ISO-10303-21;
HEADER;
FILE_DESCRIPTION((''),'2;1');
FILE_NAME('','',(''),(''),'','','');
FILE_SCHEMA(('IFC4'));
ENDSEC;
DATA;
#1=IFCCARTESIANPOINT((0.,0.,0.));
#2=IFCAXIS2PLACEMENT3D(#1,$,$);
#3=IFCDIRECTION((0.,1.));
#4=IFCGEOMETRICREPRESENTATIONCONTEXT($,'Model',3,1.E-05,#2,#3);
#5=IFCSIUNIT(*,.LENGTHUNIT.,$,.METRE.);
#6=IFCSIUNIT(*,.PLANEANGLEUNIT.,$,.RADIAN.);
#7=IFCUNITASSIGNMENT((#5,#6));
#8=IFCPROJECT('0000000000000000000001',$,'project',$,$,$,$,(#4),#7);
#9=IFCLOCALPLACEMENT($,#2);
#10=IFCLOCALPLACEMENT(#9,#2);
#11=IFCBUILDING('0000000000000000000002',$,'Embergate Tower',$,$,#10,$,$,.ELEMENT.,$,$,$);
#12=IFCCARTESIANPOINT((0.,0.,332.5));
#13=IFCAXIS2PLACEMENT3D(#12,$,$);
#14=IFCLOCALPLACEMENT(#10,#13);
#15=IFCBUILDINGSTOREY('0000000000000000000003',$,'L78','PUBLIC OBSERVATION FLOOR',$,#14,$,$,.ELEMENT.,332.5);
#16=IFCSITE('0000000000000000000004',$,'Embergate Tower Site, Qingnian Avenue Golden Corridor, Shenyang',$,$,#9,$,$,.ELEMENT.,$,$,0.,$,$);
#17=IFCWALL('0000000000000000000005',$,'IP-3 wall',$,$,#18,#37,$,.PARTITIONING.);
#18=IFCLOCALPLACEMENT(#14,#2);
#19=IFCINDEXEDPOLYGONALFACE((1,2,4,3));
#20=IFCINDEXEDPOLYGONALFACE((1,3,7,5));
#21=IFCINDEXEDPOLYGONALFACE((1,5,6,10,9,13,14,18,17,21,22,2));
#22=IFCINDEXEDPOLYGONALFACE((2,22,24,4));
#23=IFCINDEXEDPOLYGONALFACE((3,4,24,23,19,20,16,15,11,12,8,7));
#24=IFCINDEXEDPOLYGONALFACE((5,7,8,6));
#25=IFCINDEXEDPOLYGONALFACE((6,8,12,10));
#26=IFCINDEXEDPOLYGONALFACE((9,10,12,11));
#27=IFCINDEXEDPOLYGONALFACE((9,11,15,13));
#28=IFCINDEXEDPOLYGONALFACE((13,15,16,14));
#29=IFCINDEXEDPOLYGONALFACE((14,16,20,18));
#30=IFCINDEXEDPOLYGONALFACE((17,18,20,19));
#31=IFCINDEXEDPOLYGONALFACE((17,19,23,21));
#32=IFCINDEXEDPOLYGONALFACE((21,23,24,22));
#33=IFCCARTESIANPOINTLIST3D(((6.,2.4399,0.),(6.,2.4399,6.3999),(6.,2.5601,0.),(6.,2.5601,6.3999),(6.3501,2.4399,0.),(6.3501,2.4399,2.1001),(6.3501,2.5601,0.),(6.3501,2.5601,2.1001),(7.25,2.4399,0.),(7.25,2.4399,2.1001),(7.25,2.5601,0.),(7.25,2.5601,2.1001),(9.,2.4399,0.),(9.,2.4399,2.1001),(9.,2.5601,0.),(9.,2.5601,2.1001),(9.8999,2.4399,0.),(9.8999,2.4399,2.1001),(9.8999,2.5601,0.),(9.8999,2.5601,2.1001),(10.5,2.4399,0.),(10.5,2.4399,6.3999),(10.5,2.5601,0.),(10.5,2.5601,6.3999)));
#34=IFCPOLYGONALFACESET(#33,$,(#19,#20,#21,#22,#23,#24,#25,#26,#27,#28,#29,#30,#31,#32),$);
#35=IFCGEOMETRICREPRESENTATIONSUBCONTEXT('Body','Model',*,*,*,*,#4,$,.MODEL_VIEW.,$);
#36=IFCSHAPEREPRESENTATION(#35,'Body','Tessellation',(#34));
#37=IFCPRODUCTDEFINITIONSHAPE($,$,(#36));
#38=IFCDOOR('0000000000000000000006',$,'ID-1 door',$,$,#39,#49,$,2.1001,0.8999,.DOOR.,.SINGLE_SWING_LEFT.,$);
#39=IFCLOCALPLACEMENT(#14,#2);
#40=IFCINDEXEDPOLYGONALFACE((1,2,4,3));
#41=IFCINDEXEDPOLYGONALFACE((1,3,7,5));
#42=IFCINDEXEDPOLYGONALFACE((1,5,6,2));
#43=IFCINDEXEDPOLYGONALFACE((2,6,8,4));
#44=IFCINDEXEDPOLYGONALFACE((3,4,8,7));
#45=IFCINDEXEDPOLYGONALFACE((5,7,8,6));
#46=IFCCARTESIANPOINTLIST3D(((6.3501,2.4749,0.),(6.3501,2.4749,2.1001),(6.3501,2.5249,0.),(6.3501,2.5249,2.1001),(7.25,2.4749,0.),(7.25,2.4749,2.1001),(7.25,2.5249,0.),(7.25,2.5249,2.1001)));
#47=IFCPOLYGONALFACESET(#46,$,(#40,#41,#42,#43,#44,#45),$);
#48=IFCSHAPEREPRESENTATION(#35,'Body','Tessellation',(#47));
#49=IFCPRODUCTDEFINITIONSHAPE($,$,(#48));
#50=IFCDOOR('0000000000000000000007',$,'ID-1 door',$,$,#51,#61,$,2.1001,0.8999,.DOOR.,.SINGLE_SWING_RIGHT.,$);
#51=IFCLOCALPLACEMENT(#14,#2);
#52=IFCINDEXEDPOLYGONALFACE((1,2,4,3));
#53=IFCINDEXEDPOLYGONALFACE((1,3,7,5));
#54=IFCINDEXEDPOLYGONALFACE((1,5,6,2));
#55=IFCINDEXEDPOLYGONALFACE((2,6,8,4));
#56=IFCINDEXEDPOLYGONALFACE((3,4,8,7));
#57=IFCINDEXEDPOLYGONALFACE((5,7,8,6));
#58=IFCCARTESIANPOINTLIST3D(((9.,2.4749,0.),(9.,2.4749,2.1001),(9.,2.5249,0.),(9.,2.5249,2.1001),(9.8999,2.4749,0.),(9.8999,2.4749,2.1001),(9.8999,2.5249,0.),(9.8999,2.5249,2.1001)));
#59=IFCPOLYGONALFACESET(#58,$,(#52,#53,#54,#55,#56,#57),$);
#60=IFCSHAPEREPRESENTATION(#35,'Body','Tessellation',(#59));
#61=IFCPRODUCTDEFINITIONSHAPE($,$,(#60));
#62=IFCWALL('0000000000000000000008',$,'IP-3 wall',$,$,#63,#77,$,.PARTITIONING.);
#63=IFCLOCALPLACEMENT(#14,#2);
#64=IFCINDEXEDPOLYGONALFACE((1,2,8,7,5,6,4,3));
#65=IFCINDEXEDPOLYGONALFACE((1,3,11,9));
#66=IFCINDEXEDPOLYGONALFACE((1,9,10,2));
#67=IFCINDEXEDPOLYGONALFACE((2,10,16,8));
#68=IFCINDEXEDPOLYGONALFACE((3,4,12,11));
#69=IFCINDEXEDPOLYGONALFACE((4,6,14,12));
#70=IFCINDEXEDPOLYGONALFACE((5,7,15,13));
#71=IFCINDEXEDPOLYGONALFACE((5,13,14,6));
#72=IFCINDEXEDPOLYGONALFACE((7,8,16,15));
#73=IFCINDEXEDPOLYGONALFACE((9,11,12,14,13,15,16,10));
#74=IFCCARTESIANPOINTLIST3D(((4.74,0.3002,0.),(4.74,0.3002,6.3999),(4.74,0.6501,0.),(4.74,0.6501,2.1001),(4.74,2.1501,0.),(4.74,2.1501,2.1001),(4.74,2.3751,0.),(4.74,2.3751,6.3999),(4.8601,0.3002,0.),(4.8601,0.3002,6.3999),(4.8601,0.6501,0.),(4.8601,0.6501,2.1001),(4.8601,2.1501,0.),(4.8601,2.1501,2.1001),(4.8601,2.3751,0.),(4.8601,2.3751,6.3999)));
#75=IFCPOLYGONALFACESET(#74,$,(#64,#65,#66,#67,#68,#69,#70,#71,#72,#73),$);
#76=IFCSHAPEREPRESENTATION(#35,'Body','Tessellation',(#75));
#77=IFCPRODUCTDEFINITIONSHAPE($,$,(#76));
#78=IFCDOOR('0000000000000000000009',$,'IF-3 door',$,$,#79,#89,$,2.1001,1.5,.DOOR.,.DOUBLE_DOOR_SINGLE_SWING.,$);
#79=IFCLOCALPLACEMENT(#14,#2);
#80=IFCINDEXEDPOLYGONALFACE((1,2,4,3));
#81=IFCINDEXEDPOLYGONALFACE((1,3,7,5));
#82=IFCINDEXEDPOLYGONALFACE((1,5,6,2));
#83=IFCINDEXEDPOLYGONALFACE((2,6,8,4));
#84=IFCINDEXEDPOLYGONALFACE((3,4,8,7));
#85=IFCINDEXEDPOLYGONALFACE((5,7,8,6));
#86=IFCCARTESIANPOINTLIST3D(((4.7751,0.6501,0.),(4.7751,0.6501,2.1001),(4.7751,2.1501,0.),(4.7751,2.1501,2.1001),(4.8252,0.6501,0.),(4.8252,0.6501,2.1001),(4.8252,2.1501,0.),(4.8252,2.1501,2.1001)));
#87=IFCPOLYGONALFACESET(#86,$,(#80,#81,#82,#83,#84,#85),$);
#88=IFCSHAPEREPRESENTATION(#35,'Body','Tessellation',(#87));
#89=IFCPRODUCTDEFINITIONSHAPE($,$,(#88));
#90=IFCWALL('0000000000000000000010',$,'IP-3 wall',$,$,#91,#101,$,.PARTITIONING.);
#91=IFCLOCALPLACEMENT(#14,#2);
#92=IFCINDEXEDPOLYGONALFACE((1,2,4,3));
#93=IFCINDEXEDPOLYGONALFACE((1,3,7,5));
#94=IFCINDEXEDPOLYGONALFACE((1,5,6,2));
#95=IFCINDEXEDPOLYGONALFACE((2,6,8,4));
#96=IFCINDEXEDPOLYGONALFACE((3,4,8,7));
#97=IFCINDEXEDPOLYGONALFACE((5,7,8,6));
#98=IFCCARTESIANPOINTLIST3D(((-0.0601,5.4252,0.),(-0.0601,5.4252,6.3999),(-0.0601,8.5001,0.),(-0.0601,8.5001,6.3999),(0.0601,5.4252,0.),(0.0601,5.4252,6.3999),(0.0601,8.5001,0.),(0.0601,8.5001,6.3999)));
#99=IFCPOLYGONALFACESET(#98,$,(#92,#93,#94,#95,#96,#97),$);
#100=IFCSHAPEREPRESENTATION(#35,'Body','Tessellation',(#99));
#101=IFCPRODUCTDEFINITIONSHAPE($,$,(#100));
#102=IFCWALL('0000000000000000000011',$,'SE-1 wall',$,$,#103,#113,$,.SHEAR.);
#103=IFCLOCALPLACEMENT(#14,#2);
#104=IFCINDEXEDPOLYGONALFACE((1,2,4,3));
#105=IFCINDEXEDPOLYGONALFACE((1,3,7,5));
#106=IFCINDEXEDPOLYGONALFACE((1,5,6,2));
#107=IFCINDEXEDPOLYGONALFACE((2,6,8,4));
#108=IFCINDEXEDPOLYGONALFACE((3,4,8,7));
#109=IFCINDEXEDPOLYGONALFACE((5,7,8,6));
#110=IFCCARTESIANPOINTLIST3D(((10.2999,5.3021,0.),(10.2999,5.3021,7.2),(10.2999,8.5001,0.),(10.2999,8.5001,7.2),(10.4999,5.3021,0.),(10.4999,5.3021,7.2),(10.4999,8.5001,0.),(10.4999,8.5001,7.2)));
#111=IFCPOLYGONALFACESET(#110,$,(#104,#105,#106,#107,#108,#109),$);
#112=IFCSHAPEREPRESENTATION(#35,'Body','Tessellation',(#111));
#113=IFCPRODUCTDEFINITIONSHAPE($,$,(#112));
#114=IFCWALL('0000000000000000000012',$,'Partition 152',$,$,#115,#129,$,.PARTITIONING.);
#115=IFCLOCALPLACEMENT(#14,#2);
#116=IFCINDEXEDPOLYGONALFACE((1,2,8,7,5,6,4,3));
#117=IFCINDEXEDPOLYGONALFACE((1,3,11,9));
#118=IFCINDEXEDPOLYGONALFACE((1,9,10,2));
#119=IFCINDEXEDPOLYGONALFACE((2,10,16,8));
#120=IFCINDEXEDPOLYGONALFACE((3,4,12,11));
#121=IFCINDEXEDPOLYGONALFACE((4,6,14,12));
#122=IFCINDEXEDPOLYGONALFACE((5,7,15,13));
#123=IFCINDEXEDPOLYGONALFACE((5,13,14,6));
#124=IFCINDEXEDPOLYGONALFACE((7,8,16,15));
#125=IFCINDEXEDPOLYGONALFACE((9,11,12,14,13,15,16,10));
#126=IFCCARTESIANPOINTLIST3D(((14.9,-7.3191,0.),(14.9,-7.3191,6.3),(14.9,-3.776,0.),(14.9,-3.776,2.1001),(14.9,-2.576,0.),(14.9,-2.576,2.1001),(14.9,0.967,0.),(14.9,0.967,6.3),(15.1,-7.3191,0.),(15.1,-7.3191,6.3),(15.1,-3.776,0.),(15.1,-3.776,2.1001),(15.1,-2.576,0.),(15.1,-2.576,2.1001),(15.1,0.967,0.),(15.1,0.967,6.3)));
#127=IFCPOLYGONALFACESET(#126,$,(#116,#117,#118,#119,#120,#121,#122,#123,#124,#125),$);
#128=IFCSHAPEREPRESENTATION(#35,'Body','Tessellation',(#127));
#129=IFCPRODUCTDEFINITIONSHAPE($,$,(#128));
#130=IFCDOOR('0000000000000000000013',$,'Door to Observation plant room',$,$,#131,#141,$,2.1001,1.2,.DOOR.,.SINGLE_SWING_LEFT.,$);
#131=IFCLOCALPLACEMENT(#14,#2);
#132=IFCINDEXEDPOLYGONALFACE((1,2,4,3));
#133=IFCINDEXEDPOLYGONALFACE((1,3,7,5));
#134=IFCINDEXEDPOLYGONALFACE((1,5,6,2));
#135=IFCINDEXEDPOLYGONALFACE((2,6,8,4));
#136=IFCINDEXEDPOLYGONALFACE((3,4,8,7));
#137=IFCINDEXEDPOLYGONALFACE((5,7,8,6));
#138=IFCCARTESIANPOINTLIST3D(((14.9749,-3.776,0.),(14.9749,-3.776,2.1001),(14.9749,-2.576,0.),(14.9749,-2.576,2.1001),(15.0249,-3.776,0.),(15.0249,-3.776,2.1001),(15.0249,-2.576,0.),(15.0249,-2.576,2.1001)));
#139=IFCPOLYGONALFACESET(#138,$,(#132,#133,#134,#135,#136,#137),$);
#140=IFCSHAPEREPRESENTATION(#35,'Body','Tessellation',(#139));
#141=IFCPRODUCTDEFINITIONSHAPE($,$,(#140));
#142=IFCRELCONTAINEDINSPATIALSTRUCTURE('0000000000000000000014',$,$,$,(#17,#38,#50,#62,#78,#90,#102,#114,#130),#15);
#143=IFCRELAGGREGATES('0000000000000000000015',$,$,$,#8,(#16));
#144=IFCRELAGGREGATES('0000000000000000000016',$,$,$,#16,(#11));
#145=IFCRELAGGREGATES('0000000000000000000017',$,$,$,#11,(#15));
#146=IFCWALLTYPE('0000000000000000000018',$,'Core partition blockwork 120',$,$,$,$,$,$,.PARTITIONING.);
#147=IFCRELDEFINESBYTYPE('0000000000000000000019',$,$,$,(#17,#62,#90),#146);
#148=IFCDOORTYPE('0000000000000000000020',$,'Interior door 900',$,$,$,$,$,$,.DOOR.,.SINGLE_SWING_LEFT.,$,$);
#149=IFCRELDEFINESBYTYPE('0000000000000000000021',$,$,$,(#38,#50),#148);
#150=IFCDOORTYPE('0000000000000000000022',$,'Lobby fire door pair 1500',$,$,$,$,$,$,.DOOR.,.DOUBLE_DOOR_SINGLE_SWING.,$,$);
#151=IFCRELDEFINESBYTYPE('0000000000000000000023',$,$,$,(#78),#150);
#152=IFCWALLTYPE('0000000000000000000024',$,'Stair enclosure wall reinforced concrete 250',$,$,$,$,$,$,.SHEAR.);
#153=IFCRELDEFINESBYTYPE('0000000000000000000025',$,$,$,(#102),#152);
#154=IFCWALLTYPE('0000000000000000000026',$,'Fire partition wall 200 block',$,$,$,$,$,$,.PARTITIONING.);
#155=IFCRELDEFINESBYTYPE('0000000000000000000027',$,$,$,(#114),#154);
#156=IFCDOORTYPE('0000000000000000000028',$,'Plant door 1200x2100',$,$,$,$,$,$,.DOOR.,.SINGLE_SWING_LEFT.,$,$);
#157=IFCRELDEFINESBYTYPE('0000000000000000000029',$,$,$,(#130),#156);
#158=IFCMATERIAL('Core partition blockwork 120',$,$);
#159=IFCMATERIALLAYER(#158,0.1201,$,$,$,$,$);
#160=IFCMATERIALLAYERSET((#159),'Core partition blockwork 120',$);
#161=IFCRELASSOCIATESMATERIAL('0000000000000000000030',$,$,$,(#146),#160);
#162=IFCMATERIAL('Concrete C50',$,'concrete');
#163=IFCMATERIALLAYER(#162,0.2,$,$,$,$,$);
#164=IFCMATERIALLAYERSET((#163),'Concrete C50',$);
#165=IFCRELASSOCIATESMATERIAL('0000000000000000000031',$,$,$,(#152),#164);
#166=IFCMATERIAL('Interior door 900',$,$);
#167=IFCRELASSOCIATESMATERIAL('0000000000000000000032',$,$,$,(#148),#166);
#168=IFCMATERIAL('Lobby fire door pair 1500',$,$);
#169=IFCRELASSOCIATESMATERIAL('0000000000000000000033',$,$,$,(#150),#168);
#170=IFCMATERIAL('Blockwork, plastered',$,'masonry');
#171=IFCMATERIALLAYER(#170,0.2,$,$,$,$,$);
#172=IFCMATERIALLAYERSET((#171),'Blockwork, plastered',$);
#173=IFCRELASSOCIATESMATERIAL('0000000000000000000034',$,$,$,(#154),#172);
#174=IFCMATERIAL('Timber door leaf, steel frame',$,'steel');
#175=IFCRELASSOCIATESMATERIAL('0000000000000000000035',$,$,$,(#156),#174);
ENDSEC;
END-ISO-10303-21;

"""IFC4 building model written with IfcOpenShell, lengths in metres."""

from ifc_helpers import new_model, si_unit, direction, frame, frame_2d, origin, place, context, subcontext, project, spatial, rectangle, extrude, source, transform, mapped, material, layer, layer_set, type_object, element, fill, save


model = new_model("IFC4")

# Units and contexts
model_context = context("Model", 3, precision=1e-05, world=origin(), true_north=direction((0.0, 1.0)))
body_context = subcontext(model_context, "Body", "Model", "MODEL_VIEW")
ifc_project = project(units=[si_unit("LENGTHUNIT", "METRE"), si_unit("PLANEANGLEUNIT", "RADIAN")], contexts=[model_context])

# Site, building, storey
site_placement = place(None, origin())
site = spatial("IfcSite", under=ifc_project, at=site_placement, Name="Embergate Tower Site, Qingnian Avenue Golden Corridor, Shenyang", CompositionType="ELEMENT", RefElevation=0.0)
building_placement = place(site_placement, origin())
building = spatial("IfcBuilding", under=site, at=building_placement, Name="Embergate Tower", CompositionType="ELEMENT")
storey_placement = place(building_placement, frame((0.0, 0.0, 332.5)))
storey = spatial("IfcBuildingStorey", under=building, at=storey_placement, Name="L78", Description="PUBLIC OBSERVATION FLOOR", CompositionType="ELEMENT", Elevation=332.5)

# Shared definitions
ifc_material_1 = material(Name="Core partition blockwork 120")
ifc_layer_1 = layer(ifc_material_1, 0.1201)
ifc_layer_set_1 = layer_set([ifc_layer_1], Name="Core partition blockwork 120")
wall_type_1 = type_object("IfcWallType", Name="Core partition blockwork 120", PredefinedType="PARTITIONING", material=ifc_layer_set_1)
ifc_material_2 = material(Name="Concrete C50", Category="concrete")

# Shared definitions
ifc_layer_2 = layer(ifc_material_2, 0.2)
ifc_layer_set_2 = layer_set([ifc_layer_2], Name="Concrete C50")
wall_type_2 = type_object("IfcWallType", Name="Stair enclosure wall reinforced concrete 250", PredefinedType="SHEAR", material=ifc_layer_set_2)

# Wall, openings, doors
shared_shape_1 = source(origin(), body_context, "Body", "SweptSolid", [
    extrude(rectangle(XDim=4.5, YDim=0.1201, at=frame_2d((2.25, 0.0))), origin(), (0.0, 0.0, 1.0), 6.3999),
])
wall_1_placement = place(storey_placement, frame((6.0, 2.5, 0.0), z_axis=(0.0, 0.0, 1.0), x_axis=(1.0, 0.0, 0.0)))
wall_1 = element("IfcWall", 1, at=wall_1_placement, inside=storey, type_object=wall_type_1, Name="IP-3 wall", PredefinedType="PARTITIONING", context=body_context, shape_type="MappedRepresentation", body=[
    mapped(shared_shape_1, transform((0.0, 0.0, 0.0))),
])
shared_shape_2 = source(origin(), body_context, "Body", "SweptSolid", [
    extrude(rectangle(XDim=0.8999, YDim=2.1001, at=frame_2d((0.45, 1.05))), frame((0.0, 0.0701, 0.0), z_axis=(0.0, -1.0, 0.0), x_axis=(1.0, 0.0, 0.0)), (0.0, 0.0, 1.0), 0.1401),
])
opening_1_placement = place(wall_1_placement, frame((0.3501, 0.0, 0.0)))
opening_1 = element("IfcOpeningElement", 2, at=opening_1_placement, cuts=wall_1, PredefinedType="OPENING", context=body_context, shape_type="MappedRepresentation", body=[
    mapped(shared_shape_2, transform((0.0, 0.0, 0.0))),
])
opening_2_placement = place(wall_1_placement, frame((3.0, 0.0, 0.0)))
opening_2 = element("IfcOpeningElement", 3, at=opening_2_placement, cuts=wall_1, PredefinedType="OPENING", context=body_context, shape_type="MappedRepresentation", body=[
    mapped(shared_shape_2, transform((0.0, 0.0, 0.0))),
])
ifc_material_3 = material(Name="Interior door 900")
door_type_1 = type_object("IfcDoorType", Name="Interior door 900", OperationType="SINGLE_SWING_LEFT", PredefinedType="DOOR", material=ifc_material_3)
shared_shape_3 = source(origin(), body_context, "Body", "SweptSolid", [
    extrude(rectangle(XDim=0.8999, YDim=2.1001, at=frame_2d((0.45, 1.05))), frame((0.0, 0.0249, 0.0), z_axis=(0.0, -1.0, 0.0), x_axis=(1.0, 0.0, 0.0)), (0.0, 0.0, 1.0), 0.05),
])
door_1_placement = place(opening_1_placement, origin())
door_1 = element("IfcDoor", 4, at=door_1_placement, inside=storey, type_object=door_type_1, Name="ID-1 door", OperationType="SINGLE_SWING_LEFT", OverallHeight=2.1001, OverallWidth=0.8999, PredefinedType="DOOR", context=body_context, shape_type="MappedRepresentation", body=[
    mapped(shared_shape_3, transform((0.0, 0.0, 0.0))),
])
fill(opening_1, door_1)
door_2_placement = place(opening_2_placement, origin())
door_2 = element("IfcDoor", 5, at=door_2_placement, inside=storey, type_object=door_type_1, Name="ID-1 door", OperationType="SINGLE_SWING_RIGHT", OverallHeight=2.1001, OverallWidth=0.8999, PredefinedType="DOOR", context=body_context, shape_type="MappedRepresentation", body=[
    mapped(shared_shape_3, transform((0.0, 0.0, 0.0))),
])
fill(opening_2, door_2)

# Wall, opening, door
shared_shape_4 = source(origin(), body_context, "Body", "SweptSolid", [
    extrude(rectangle(XDim=2.075, YDim=0.1201, at=frame_2d((1.0376, 0.0))), origin(), (0.0, 0.0, 1.0), 6.3999),
])
wall_2_placement = place(storey_placement, frame((4.8, 0.3, 0.0), z_axis=(0.0, 0.0, 1.0), x_axis=(0.0, 1.0, 0.0)))
wall_2 = element("IfcWall", 6, at=wall_2_placement, inside=storey, type_object=wall_type_1, Name="IP-3 wall", PredefinedType="PARTITIONING", context=body_context, shape_type="MappedRepresentation", body=[
    mapped(shared_shape_4, transform((0.0, 0.0, 0.0))),
])
shared_shape_5 = source(origin(), body_context, "Body", "SweptSolid", [
    extrude(rectangle(XDim=1.5, YDim=2.1001, at=frame_2d((0.75, 1.05))), frame((0.0, 0.0701, 0.0), z_axis=(0.0, -1.0, 0.0), x_axis=(1.0, 0.0, 0.0)), (0.0, 0.0, 1.0), 0.1401),
])
opening_3_placement = place(wall_2_placement, frame((0.3501, 0.0, 0.0)))
opening_3 = element("IfcOpeningElement", 7, at=opening_3_placement, cuts=wall_2, PredefinedType="OPENING", context=body_context, shape_type="MappedRepresentation", body=[
    mapped(shared_shape_5, transform((0.0, 0.0, 0.0))),
])
ifc_material_4 = material(Name="Lobby fire door pair 1500")
door_type_2 = type_object("IfcDoorType", Name="Lobby fire door pair 1500", OperationType="DOUBLE_DOOR_SINGLE_SWING", PredefinedType="DOOR", material=ifc_material_4)
shared_shape_6 = source(origin(), body_context, "Body", "SweptSolid", [
    extrude(rectangle(XDim=1.5, YDim=2.1001, at=frame_2d((0.75, 1.05))), frame((0.0, 0.0249, 0.0), z_axis=(0.0, -1.0, 0.0), x_axis=(1.0, 0.0, 0.0)), (0.0, 0.0, 1.0), 0.05),
])
door_3_placement = place(opening_3_placement, origin())
door_3 = element("IfcDoor", 8, at=door_3_placement, inside=storey, type_object=door_type_2, Name="IF-3 door", OperationType="DOUBLE_DOOR_SINGLE_SWING", OverallHeight=2.1001, OverallWidth=1.5, PredefinedType="DOOR", context=body_context, shape_type="MappedRepresentation", body=[
    mapped(shared_shape_6, transform((0.0, 0.0, 0.0))),
])
fill(opening_3, door_3)

# Walls
shared_shape_7 = source(origin(), body_context, "Body", "SweptSolid", [
    extrude(rectangle(XDim=3.075, YDim=0.1201, at=frame_2d((1.5376, 0.0))), origin(), (0.0, 0.0, 1.0), 6.3999),
])
wall_3_placement = place(storey_placement, frame((0.0, 5.425, 0.0), z_axis=(0.0, 0.0, 1.0), x_axis=(0.0, 1.0, 0.0)))
element("IfcWall", 9, at=wall_3_placement, inside=storey, type_object=wall_type_1, Name="IP-3 wall", PredefinedType="PARTITIONING", context=body_context, shape_type="MappedRepresentation", body=[
    mapped(shared_shape_7, transform((0.0, 0.0, 0.0))),
])
shared_shape_8 = source(origin(), body_context, "Body", "SweptSolid", [
    extrude(rectangle(XDim=3.198, YDim=0.2, at=frame_2d((1.5991, 0.0))), origin(), (0.0, 0.0, 1.0), 7.2),
])
wall_4_placement = place(storey_placement, frame((10.3999, 5.302, 0.0), z_axis=(0.0, 0.0, 1.0), x_axis=(0.0, 1.0, 0.0)))
element("IfcWall", 10, at=wall_4_placement, inside=storey, type_object=wall_type_2, Name="SE-1 wall", PredefinedType="SHEAR", context=body_context, shape_type="MappedRepresentation", body=[
    mapped(shared_shape_8, transform((0.0, 0.0, 0.0))),
])

# Wall, opening, door
ifc_material_5 = material(Name="Blockwork, plastered", Category="masonry")
ifc_layer_3 = layer(ifc_material_5, 0.2)
ifc_layer_set_3 = layer_set([ifc_layer_3], Name="Blockwork, plastered")
wall_type_3 = type_object("IfcWallType", Name="Fire partition wall 200 block", PredefinedType="PARTITIONING", material=ifc_layer_set_3)
shared_shape_9 = source(origin(), body_context, "Body", "SweptSolid", [
    extrude(rectangle(XDim=8.2861, YDim=0.2, at=frame_2d((4.1431, 0.0))), origin(), (0.0, 0.0, 1.0), 6.3),
])
wall_5_placement = place(storey_placement, frame((15.0, 0.967, 0.0), z_axis=(0.0, 0.0, 1.0), x_axis=(0.0, -1.0, 0.0)))
wall_5 = element("IfcWall", 11, at=wall_5_placement, inside=storey, type_object=wall_type_3, Name="Partition 152", PredefinedType="PARTITIONING", context=body_context, shape_type="MappedRepresentation", body=[
    mapped(shared_shape_9, transform((0.0, 0.0, 0.0))),
])
shared_shape_10 = source(origin(), body_context, "Body", "SweptSolid", [
    extrude(rectangle(XDim=1.2, YDim=2.1001, at=frame_2d((0.6001, 1.05))), frame((0.0, 0.1099, 0.0), z_axis=(0.0, -1.0, 0.0), x_axis=(1.0, 0.0, 0.0)), (0.0, 0.0, 1.0), 0.22),
])
opening_4_placement = place(wall_5_placement, frame((3.543, 0.0, 0.0)))
opening_4 = element("IfcOpeningElement", 12, at=opening_4_placement, cuts=wall_5, PredefinedType="OPENING", context=body_context, shape_type="MappedRepresentation", body=[
    mapped(shared_shape_10, transform((0.0, 0.0, 0.0))),
])
ifc_material_6 = material(Name="Timber door leaf, steel frame", Category="steel")
door_type_3 = type_object("IfcDoorType", Name="Plant door 1200x2100", OperationType="SINGLE_SWING_LEFT", PredefinedType="DOOR", material=ifc_material_6)
shared_shape_11 = source(origin(), body_context, "Body", "SweptSolid", [
    extrude(rectangle(XDim=1.2, YDim=2.1001, at=frame_2d((0.6001, 1.05))), frame((0.0, 0.0249, 0.0), z_axis=(0.0, -1.0, 0.0), x_axis=(1.0, 0.0, 0.0)), (0.0, 0.0, 1.0), 0.05),
])
door_4_placement = place(opening_4_placement, origin())
door_4 = element("IfcDoor", 13, at=door_4_placement, inside=storey, type_object=door_type_3, Name="Door to Observation plant room", OperationType="SINGLE_SWING_LEFT", OverallHeight=2.1001, OverallWidth=1.2, PredefinedType="DOOR", context=body_context, shape_type="MappedRepresentation", body=[
    mapped(shared_shape_11, transform((0.0, 0.0, 0.0))),
])
fill(opening_4, door_4)

save(model, "model.ifc")
